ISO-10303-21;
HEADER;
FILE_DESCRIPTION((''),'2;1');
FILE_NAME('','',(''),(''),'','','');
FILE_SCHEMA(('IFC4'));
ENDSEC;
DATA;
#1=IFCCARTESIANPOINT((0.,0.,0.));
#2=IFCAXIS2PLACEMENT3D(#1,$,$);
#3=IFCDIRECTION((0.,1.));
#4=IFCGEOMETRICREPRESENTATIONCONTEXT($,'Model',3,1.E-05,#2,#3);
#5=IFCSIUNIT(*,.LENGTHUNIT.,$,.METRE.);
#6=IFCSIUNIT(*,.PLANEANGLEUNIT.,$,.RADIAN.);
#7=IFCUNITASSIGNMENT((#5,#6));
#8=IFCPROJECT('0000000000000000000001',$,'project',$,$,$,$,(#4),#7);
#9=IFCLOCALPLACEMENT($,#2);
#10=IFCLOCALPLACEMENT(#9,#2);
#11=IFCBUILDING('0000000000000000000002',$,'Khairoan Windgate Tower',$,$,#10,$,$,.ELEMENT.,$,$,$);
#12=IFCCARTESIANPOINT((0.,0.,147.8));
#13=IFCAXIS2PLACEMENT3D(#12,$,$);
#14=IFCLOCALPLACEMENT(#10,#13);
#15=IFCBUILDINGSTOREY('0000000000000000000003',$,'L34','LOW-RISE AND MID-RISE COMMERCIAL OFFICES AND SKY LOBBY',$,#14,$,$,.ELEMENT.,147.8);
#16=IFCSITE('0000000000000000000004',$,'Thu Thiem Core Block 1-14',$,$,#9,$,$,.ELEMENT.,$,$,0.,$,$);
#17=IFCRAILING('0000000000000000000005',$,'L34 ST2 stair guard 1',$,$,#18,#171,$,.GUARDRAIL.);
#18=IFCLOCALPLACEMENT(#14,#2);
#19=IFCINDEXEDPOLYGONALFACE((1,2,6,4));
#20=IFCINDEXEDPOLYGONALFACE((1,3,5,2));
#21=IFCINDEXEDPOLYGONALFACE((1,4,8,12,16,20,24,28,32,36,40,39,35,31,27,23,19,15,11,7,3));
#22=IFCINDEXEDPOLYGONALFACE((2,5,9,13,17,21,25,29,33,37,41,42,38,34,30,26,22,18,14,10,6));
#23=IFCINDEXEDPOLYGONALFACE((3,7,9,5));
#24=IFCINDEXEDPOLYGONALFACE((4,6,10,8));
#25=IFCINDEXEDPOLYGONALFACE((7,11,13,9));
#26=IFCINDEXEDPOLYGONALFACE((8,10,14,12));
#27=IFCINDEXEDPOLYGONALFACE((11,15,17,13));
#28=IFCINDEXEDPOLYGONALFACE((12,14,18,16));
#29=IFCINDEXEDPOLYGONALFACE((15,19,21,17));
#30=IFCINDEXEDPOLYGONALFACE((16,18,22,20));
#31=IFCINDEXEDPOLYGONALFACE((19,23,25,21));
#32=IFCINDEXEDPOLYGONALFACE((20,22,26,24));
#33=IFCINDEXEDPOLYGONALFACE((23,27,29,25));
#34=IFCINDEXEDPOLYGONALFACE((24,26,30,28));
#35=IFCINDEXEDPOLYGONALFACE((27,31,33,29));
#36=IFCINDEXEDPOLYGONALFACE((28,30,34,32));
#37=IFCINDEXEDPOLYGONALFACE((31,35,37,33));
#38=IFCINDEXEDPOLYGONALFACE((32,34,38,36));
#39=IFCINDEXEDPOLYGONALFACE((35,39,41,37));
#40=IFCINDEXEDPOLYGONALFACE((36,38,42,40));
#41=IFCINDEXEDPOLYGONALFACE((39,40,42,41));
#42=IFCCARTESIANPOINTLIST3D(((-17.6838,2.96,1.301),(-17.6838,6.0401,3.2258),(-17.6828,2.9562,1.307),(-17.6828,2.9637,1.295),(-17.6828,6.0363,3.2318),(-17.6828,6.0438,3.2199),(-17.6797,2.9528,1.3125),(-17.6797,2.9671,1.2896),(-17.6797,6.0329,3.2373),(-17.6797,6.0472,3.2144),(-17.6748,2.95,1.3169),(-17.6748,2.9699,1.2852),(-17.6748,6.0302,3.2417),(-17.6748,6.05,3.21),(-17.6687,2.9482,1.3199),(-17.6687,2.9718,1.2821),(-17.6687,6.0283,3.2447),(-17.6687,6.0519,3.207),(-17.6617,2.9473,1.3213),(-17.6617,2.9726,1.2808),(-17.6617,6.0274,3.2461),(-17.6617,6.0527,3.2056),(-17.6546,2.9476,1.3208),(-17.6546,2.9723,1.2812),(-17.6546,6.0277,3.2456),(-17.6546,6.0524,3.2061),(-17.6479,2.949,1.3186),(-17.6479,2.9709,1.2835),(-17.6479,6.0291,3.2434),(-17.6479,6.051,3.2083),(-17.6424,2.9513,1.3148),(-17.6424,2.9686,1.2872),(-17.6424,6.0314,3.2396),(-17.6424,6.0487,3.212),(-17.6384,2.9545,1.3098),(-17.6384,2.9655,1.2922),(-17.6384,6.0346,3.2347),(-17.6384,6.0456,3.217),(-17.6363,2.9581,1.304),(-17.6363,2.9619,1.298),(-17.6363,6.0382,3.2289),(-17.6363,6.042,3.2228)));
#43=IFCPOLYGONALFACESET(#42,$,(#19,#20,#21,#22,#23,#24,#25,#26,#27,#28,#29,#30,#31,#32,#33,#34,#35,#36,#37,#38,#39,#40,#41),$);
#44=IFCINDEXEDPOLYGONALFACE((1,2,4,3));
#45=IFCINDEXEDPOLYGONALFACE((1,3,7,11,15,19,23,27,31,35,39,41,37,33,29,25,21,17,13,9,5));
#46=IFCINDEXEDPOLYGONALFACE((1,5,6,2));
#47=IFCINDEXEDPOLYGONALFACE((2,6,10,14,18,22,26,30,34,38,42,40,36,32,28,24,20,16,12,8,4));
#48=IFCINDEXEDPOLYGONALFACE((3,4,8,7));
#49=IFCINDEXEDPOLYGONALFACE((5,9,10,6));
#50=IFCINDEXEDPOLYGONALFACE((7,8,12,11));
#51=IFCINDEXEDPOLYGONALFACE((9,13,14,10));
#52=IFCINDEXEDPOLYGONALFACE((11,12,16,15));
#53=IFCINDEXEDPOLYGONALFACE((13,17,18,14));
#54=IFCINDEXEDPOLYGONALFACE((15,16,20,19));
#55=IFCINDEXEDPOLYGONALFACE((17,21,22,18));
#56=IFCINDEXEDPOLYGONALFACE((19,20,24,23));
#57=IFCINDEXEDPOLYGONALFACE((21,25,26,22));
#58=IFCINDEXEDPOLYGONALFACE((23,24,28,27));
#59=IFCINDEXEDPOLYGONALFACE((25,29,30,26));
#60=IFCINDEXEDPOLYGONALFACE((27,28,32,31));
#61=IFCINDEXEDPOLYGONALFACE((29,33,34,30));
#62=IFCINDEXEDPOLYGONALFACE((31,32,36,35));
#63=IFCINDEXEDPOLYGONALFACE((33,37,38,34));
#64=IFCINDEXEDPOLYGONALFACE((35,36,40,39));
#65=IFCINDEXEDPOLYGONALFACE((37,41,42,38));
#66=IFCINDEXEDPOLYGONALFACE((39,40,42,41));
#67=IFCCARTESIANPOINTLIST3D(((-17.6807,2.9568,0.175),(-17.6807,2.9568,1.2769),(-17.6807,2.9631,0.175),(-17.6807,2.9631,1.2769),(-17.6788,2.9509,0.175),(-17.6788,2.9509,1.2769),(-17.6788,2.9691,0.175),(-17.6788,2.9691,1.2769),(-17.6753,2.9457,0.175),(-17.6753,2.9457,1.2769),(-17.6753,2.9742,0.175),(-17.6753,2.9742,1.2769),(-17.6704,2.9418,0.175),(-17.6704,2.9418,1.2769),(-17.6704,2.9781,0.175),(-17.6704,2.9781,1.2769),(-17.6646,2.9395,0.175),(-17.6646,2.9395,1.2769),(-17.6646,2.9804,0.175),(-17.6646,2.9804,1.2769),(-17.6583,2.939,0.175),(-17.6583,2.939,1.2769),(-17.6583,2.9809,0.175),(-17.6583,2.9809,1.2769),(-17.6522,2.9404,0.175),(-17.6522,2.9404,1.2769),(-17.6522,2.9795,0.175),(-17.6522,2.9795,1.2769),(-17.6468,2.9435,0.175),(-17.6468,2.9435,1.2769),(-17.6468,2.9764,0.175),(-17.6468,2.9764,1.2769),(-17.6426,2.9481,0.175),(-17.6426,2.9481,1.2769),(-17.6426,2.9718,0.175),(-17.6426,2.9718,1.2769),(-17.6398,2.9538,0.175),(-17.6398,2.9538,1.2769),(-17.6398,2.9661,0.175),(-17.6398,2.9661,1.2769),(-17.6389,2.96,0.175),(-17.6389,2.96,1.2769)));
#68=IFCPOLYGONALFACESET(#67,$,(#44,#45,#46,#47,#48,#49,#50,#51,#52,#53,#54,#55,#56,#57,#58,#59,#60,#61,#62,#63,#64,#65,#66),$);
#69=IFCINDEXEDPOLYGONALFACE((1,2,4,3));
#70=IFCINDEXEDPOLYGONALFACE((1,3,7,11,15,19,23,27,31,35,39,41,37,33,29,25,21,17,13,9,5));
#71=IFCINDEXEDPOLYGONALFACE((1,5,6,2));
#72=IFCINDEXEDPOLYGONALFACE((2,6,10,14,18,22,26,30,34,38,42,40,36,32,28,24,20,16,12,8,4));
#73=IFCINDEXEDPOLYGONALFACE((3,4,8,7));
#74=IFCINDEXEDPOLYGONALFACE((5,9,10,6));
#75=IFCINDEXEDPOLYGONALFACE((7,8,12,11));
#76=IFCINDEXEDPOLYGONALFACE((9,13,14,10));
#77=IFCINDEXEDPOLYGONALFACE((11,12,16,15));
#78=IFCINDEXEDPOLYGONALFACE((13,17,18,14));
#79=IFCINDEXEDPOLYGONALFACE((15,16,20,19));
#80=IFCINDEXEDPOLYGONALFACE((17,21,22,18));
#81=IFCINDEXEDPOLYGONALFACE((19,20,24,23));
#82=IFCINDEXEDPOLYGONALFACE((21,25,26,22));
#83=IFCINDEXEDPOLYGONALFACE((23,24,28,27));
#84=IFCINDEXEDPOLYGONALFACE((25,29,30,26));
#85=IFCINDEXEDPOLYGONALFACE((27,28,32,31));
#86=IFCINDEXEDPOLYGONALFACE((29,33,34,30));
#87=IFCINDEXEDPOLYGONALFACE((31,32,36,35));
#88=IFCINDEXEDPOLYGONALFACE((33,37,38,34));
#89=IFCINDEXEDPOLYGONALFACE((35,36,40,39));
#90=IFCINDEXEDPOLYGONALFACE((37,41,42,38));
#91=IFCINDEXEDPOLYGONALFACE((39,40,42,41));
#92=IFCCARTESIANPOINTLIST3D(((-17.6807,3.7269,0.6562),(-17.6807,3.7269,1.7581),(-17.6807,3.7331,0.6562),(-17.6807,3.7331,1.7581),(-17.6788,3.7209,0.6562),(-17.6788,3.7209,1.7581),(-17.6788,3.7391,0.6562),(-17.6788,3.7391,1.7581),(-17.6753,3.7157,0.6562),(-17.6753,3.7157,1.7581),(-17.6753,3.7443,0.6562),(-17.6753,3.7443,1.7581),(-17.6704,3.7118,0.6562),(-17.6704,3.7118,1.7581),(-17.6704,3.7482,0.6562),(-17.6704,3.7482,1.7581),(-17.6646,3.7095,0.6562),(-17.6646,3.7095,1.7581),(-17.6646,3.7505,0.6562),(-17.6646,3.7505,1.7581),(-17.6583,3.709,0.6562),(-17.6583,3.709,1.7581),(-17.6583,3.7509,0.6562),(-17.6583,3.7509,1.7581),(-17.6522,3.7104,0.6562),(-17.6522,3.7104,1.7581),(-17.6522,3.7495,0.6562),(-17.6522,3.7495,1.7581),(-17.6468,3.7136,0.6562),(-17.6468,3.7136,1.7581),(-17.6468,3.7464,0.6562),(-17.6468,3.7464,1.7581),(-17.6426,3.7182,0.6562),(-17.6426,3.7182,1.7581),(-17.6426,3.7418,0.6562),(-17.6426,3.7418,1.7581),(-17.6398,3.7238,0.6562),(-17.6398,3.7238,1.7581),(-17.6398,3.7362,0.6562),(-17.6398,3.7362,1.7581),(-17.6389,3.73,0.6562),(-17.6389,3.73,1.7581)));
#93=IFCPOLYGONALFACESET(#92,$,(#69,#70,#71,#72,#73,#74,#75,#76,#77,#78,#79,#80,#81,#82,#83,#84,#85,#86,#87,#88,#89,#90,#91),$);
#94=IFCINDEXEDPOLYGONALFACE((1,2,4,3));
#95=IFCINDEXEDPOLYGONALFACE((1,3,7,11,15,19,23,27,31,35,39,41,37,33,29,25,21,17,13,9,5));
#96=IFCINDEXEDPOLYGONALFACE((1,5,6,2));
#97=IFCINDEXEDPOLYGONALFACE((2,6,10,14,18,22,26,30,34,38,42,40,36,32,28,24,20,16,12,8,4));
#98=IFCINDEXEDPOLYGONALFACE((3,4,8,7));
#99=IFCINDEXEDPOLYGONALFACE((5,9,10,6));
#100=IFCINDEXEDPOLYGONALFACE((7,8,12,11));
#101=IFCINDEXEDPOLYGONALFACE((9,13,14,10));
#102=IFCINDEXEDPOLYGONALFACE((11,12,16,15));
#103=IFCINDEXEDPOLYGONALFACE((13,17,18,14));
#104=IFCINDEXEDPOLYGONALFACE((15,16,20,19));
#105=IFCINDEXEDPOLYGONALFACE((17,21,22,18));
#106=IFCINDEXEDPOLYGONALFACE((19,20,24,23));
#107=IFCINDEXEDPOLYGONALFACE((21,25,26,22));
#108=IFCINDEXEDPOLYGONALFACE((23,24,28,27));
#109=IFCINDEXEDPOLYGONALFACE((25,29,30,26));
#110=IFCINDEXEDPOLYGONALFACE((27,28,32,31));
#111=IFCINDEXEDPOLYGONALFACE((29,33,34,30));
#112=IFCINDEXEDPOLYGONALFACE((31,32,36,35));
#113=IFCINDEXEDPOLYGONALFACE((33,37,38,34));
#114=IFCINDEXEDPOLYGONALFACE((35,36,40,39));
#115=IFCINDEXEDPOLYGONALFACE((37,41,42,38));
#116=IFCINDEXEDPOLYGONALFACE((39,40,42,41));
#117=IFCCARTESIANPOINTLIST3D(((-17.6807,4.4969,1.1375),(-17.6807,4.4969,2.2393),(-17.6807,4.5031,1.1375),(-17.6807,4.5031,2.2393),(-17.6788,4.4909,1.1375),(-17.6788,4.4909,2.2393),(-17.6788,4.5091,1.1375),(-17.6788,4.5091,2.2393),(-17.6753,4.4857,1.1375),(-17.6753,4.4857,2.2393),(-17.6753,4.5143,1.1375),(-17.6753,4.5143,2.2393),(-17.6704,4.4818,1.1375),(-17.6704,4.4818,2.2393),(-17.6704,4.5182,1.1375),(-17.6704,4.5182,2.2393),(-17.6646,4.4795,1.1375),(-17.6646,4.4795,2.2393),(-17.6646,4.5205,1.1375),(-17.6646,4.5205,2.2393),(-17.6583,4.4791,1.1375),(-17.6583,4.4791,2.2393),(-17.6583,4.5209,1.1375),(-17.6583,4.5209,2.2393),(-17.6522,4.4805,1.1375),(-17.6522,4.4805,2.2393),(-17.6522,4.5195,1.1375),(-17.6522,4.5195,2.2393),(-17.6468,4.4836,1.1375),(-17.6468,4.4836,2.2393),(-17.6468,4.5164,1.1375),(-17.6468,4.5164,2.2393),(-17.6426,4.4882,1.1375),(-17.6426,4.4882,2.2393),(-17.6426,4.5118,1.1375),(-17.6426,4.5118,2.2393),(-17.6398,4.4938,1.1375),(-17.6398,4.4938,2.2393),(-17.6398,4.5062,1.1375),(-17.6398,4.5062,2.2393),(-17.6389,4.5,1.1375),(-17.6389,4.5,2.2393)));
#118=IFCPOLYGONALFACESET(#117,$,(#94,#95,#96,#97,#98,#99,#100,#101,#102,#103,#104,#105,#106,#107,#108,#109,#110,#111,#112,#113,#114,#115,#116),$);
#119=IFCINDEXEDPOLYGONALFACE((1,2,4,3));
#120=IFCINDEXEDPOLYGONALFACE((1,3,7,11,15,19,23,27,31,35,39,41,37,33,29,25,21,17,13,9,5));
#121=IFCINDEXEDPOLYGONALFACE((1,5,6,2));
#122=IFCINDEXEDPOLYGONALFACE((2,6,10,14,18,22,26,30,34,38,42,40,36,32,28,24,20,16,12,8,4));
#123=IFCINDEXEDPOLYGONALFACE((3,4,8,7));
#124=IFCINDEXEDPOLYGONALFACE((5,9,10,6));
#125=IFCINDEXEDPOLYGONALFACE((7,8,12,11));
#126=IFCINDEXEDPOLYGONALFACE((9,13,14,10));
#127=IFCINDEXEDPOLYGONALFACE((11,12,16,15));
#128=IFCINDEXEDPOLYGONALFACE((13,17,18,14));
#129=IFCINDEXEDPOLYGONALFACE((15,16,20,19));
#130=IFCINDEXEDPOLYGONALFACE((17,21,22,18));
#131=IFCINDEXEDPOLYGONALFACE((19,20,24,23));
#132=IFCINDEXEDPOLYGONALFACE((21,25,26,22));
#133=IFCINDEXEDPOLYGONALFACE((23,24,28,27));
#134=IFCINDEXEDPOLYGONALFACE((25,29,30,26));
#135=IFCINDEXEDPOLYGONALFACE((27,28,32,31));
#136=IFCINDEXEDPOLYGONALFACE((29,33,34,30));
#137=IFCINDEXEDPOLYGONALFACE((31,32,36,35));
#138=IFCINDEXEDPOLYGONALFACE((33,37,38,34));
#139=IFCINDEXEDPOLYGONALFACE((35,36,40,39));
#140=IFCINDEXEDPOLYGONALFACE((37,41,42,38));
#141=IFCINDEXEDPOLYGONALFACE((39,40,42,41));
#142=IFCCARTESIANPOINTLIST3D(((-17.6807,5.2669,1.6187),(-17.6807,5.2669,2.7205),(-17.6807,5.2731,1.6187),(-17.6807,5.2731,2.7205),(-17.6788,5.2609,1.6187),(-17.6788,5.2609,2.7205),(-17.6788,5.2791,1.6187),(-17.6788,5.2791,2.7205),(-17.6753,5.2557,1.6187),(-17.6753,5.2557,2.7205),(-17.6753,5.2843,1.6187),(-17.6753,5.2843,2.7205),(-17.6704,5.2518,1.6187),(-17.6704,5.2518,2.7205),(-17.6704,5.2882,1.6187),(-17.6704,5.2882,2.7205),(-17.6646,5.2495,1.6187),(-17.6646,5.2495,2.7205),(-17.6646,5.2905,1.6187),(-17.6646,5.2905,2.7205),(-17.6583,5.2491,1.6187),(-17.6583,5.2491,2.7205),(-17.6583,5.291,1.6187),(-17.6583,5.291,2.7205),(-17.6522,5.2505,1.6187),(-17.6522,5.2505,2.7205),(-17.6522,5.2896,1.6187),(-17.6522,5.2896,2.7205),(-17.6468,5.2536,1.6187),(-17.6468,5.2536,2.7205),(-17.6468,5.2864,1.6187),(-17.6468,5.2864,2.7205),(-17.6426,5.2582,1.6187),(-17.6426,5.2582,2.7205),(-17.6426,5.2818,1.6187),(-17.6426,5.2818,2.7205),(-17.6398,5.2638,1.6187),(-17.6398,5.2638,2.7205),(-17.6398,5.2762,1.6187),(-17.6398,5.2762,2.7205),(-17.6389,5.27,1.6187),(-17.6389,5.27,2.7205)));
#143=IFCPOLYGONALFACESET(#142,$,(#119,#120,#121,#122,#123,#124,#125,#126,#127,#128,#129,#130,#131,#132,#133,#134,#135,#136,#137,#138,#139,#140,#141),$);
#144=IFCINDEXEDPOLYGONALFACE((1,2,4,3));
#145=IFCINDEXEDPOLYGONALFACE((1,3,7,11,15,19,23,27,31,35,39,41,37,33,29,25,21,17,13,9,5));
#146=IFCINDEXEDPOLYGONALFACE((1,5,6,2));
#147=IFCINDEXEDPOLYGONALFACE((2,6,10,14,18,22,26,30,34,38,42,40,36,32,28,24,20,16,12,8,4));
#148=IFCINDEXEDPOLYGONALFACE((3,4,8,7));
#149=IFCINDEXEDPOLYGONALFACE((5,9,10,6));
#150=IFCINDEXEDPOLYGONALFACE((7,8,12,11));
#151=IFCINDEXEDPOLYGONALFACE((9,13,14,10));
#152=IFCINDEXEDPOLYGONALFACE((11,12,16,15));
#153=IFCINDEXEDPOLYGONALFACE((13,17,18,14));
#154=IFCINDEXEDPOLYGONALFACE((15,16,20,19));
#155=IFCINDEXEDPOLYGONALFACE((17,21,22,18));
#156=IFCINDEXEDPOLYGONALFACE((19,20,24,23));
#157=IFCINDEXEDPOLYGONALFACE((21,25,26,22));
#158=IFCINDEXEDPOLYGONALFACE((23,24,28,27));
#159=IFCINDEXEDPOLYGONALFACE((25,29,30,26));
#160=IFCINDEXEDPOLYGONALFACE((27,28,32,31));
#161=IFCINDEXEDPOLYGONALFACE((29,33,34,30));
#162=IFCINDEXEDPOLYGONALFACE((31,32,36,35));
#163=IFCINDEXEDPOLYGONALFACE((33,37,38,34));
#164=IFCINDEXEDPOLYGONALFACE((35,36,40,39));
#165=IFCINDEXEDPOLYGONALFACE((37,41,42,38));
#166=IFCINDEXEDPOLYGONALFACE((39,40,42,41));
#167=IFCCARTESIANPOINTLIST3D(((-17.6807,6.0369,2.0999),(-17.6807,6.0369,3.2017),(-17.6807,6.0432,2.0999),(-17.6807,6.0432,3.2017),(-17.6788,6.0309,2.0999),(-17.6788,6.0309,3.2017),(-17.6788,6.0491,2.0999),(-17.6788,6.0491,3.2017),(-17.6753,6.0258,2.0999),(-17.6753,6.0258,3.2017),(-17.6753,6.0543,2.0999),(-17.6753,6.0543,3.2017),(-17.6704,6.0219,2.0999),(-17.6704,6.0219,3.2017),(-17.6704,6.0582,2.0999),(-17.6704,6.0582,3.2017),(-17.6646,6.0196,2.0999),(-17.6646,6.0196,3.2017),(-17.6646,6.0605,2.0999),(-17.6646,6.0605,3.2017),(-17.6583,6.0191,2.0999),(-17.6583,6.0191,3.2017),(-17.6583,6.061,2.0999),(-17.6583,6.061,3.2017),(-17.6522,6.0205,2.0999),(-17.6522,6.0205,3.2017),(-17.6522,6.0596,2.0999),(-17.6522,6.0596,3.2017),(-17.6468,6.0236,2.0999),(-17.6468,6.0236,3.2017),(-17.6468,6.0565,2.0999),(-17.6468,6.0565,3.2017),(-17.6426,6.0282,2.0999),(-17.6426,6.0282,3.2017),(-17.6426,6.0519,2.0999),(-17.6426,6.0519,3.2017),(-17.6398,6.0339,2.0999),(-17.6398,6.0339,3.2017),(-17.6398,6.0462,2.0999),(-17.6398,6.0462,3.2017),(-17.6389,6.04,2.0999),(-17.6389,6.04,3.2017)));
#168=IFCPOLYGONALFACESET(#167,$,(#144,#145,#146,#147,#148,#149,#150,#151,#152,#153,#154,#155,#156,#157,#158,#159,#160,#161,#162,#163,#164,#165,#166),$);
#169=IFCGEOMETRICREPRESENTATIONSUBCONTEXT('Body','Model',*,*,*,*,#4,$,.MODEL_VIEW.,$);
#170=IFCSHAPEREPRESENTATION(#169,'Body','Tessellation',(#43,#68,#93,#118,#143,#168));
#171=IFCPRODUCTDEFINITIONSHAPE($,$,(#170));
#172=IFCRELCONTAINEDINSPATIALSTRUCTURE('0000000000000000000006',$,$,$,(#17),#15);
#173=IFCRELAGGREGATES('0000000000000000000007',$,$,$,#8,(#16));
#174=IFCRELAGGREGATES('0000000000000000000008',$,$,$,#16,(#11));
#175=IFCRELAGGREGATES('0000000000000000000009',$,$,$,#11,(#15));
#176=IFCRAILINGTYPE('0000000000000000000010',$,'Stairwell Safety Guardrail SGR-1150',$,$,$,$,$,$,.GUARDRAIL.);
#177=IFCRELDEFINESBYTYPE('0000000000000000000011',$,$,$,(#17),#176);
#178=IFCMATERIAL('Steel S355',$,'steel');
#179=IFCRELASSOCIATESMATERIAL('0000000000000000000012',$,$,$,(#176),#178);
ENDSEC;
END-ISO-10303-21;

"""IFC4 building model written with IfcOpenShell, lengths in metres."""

from ifc_helpers import new_model, si_unit, direction, frame, origin, origin_2d, place, context, subcontext, project, spatial, circle, extrude, material, type_object, element, save


model = new_model("IFC4")

# Units and contexts
model_context = context("Model", 3, precision=1e-05, world=origin(), true_north=direction((0.0, 1.0)))
body_context = subcontext(model_context, "Body", "Model", "MODEL_VIEW")
ifc_project = project(units=[si_unit("LENGTHUNIT", "METRE"), si_unit("PLANEANGLEUNIT", "RADIAN")], contexts=[model_context])

# Site, building, storey
site_placement = place(None, origin())
site = spatial("IfcSite", under=ifc_project, at=site_placement, Name="Thu Thiem Core Block 1-14", CompositionType="ELEMENT", RefElevation=0.0)
building_placement = place(site_placement, origin())
building = spatial("IfcBuilding", under=site, at=building_placement, Name="Khairoan Windgate Tower", CompositionType="ELEMENT")
storey_placement = place(building_placement, frame((0.0, 0.0, 147.8)))
storey = spatial("IfcBuildingStorey", under=building, at=storey_placement, Name="L34", Description="LOW-RISE AND MID-RISE COMMERCIAL OFFICES AND SKY LOBBY", CompositionType="ELEMENT", Elevation=147.8)

# Railing
ifc_material_1 = material(Name="Steel S355", Category="steel")
railing_type_1 = type_object("IfcRailingType", Name="Stairwell Safety Guardrail SGR-1150", PredefinedType="GUARDRAIL", material=ifc_material_1)
railing_1_placement = place(storey_placement, frame((-17.6599, 2.96, 0.175)))
element("IfcRailing", 1, at=railing_1_placement, inside=storey, type_object=railing_type_1, Name="L34 ST2 stair guard 1", PredefinedType="GUARDRAIL", context=body_context, shape_type="SweptSolid", body=[
    extrude(circle(Radius=0.0239, at=origin_2d()), frame((0.0, 0.0, 1.126), z_axis=(0.0, 0.848029, 0.529951), x_axis=(-1.0, 0.0, 0.0)), (0.0, 0.0, 1.0), 3.6321),
    extrude(circle(Radius=0.021, at=origin_2d()), origin(), (0.0, 0.0, 1.0), 1.1018),
    extrude(circle(Radius=0.021, at=origin_2d()), frame((0.0, 0.77, 0.4812)), (0.0, 0.0, 1.0), 1.1018),
    extrude(circle(Radius=0.021, at=origin_2d()), frame((0.0, 1.54, 0.9624)), (0.0, 0.0, 1.0), 1.1018),
    extrude(circle(Radius=0.021, at=origin_2d()), frame((0.0, 2.3101, 1.4436)), (0.0, 0.0, 1.0), 1.1018),
    extrude(circle(Radius=0.021, at=origin_2d()), frame((0.0, 3.0801, 1.9248)), (0.0, 0.0, 1.0), 1.1018),
])

save(model, "model.ifc")
